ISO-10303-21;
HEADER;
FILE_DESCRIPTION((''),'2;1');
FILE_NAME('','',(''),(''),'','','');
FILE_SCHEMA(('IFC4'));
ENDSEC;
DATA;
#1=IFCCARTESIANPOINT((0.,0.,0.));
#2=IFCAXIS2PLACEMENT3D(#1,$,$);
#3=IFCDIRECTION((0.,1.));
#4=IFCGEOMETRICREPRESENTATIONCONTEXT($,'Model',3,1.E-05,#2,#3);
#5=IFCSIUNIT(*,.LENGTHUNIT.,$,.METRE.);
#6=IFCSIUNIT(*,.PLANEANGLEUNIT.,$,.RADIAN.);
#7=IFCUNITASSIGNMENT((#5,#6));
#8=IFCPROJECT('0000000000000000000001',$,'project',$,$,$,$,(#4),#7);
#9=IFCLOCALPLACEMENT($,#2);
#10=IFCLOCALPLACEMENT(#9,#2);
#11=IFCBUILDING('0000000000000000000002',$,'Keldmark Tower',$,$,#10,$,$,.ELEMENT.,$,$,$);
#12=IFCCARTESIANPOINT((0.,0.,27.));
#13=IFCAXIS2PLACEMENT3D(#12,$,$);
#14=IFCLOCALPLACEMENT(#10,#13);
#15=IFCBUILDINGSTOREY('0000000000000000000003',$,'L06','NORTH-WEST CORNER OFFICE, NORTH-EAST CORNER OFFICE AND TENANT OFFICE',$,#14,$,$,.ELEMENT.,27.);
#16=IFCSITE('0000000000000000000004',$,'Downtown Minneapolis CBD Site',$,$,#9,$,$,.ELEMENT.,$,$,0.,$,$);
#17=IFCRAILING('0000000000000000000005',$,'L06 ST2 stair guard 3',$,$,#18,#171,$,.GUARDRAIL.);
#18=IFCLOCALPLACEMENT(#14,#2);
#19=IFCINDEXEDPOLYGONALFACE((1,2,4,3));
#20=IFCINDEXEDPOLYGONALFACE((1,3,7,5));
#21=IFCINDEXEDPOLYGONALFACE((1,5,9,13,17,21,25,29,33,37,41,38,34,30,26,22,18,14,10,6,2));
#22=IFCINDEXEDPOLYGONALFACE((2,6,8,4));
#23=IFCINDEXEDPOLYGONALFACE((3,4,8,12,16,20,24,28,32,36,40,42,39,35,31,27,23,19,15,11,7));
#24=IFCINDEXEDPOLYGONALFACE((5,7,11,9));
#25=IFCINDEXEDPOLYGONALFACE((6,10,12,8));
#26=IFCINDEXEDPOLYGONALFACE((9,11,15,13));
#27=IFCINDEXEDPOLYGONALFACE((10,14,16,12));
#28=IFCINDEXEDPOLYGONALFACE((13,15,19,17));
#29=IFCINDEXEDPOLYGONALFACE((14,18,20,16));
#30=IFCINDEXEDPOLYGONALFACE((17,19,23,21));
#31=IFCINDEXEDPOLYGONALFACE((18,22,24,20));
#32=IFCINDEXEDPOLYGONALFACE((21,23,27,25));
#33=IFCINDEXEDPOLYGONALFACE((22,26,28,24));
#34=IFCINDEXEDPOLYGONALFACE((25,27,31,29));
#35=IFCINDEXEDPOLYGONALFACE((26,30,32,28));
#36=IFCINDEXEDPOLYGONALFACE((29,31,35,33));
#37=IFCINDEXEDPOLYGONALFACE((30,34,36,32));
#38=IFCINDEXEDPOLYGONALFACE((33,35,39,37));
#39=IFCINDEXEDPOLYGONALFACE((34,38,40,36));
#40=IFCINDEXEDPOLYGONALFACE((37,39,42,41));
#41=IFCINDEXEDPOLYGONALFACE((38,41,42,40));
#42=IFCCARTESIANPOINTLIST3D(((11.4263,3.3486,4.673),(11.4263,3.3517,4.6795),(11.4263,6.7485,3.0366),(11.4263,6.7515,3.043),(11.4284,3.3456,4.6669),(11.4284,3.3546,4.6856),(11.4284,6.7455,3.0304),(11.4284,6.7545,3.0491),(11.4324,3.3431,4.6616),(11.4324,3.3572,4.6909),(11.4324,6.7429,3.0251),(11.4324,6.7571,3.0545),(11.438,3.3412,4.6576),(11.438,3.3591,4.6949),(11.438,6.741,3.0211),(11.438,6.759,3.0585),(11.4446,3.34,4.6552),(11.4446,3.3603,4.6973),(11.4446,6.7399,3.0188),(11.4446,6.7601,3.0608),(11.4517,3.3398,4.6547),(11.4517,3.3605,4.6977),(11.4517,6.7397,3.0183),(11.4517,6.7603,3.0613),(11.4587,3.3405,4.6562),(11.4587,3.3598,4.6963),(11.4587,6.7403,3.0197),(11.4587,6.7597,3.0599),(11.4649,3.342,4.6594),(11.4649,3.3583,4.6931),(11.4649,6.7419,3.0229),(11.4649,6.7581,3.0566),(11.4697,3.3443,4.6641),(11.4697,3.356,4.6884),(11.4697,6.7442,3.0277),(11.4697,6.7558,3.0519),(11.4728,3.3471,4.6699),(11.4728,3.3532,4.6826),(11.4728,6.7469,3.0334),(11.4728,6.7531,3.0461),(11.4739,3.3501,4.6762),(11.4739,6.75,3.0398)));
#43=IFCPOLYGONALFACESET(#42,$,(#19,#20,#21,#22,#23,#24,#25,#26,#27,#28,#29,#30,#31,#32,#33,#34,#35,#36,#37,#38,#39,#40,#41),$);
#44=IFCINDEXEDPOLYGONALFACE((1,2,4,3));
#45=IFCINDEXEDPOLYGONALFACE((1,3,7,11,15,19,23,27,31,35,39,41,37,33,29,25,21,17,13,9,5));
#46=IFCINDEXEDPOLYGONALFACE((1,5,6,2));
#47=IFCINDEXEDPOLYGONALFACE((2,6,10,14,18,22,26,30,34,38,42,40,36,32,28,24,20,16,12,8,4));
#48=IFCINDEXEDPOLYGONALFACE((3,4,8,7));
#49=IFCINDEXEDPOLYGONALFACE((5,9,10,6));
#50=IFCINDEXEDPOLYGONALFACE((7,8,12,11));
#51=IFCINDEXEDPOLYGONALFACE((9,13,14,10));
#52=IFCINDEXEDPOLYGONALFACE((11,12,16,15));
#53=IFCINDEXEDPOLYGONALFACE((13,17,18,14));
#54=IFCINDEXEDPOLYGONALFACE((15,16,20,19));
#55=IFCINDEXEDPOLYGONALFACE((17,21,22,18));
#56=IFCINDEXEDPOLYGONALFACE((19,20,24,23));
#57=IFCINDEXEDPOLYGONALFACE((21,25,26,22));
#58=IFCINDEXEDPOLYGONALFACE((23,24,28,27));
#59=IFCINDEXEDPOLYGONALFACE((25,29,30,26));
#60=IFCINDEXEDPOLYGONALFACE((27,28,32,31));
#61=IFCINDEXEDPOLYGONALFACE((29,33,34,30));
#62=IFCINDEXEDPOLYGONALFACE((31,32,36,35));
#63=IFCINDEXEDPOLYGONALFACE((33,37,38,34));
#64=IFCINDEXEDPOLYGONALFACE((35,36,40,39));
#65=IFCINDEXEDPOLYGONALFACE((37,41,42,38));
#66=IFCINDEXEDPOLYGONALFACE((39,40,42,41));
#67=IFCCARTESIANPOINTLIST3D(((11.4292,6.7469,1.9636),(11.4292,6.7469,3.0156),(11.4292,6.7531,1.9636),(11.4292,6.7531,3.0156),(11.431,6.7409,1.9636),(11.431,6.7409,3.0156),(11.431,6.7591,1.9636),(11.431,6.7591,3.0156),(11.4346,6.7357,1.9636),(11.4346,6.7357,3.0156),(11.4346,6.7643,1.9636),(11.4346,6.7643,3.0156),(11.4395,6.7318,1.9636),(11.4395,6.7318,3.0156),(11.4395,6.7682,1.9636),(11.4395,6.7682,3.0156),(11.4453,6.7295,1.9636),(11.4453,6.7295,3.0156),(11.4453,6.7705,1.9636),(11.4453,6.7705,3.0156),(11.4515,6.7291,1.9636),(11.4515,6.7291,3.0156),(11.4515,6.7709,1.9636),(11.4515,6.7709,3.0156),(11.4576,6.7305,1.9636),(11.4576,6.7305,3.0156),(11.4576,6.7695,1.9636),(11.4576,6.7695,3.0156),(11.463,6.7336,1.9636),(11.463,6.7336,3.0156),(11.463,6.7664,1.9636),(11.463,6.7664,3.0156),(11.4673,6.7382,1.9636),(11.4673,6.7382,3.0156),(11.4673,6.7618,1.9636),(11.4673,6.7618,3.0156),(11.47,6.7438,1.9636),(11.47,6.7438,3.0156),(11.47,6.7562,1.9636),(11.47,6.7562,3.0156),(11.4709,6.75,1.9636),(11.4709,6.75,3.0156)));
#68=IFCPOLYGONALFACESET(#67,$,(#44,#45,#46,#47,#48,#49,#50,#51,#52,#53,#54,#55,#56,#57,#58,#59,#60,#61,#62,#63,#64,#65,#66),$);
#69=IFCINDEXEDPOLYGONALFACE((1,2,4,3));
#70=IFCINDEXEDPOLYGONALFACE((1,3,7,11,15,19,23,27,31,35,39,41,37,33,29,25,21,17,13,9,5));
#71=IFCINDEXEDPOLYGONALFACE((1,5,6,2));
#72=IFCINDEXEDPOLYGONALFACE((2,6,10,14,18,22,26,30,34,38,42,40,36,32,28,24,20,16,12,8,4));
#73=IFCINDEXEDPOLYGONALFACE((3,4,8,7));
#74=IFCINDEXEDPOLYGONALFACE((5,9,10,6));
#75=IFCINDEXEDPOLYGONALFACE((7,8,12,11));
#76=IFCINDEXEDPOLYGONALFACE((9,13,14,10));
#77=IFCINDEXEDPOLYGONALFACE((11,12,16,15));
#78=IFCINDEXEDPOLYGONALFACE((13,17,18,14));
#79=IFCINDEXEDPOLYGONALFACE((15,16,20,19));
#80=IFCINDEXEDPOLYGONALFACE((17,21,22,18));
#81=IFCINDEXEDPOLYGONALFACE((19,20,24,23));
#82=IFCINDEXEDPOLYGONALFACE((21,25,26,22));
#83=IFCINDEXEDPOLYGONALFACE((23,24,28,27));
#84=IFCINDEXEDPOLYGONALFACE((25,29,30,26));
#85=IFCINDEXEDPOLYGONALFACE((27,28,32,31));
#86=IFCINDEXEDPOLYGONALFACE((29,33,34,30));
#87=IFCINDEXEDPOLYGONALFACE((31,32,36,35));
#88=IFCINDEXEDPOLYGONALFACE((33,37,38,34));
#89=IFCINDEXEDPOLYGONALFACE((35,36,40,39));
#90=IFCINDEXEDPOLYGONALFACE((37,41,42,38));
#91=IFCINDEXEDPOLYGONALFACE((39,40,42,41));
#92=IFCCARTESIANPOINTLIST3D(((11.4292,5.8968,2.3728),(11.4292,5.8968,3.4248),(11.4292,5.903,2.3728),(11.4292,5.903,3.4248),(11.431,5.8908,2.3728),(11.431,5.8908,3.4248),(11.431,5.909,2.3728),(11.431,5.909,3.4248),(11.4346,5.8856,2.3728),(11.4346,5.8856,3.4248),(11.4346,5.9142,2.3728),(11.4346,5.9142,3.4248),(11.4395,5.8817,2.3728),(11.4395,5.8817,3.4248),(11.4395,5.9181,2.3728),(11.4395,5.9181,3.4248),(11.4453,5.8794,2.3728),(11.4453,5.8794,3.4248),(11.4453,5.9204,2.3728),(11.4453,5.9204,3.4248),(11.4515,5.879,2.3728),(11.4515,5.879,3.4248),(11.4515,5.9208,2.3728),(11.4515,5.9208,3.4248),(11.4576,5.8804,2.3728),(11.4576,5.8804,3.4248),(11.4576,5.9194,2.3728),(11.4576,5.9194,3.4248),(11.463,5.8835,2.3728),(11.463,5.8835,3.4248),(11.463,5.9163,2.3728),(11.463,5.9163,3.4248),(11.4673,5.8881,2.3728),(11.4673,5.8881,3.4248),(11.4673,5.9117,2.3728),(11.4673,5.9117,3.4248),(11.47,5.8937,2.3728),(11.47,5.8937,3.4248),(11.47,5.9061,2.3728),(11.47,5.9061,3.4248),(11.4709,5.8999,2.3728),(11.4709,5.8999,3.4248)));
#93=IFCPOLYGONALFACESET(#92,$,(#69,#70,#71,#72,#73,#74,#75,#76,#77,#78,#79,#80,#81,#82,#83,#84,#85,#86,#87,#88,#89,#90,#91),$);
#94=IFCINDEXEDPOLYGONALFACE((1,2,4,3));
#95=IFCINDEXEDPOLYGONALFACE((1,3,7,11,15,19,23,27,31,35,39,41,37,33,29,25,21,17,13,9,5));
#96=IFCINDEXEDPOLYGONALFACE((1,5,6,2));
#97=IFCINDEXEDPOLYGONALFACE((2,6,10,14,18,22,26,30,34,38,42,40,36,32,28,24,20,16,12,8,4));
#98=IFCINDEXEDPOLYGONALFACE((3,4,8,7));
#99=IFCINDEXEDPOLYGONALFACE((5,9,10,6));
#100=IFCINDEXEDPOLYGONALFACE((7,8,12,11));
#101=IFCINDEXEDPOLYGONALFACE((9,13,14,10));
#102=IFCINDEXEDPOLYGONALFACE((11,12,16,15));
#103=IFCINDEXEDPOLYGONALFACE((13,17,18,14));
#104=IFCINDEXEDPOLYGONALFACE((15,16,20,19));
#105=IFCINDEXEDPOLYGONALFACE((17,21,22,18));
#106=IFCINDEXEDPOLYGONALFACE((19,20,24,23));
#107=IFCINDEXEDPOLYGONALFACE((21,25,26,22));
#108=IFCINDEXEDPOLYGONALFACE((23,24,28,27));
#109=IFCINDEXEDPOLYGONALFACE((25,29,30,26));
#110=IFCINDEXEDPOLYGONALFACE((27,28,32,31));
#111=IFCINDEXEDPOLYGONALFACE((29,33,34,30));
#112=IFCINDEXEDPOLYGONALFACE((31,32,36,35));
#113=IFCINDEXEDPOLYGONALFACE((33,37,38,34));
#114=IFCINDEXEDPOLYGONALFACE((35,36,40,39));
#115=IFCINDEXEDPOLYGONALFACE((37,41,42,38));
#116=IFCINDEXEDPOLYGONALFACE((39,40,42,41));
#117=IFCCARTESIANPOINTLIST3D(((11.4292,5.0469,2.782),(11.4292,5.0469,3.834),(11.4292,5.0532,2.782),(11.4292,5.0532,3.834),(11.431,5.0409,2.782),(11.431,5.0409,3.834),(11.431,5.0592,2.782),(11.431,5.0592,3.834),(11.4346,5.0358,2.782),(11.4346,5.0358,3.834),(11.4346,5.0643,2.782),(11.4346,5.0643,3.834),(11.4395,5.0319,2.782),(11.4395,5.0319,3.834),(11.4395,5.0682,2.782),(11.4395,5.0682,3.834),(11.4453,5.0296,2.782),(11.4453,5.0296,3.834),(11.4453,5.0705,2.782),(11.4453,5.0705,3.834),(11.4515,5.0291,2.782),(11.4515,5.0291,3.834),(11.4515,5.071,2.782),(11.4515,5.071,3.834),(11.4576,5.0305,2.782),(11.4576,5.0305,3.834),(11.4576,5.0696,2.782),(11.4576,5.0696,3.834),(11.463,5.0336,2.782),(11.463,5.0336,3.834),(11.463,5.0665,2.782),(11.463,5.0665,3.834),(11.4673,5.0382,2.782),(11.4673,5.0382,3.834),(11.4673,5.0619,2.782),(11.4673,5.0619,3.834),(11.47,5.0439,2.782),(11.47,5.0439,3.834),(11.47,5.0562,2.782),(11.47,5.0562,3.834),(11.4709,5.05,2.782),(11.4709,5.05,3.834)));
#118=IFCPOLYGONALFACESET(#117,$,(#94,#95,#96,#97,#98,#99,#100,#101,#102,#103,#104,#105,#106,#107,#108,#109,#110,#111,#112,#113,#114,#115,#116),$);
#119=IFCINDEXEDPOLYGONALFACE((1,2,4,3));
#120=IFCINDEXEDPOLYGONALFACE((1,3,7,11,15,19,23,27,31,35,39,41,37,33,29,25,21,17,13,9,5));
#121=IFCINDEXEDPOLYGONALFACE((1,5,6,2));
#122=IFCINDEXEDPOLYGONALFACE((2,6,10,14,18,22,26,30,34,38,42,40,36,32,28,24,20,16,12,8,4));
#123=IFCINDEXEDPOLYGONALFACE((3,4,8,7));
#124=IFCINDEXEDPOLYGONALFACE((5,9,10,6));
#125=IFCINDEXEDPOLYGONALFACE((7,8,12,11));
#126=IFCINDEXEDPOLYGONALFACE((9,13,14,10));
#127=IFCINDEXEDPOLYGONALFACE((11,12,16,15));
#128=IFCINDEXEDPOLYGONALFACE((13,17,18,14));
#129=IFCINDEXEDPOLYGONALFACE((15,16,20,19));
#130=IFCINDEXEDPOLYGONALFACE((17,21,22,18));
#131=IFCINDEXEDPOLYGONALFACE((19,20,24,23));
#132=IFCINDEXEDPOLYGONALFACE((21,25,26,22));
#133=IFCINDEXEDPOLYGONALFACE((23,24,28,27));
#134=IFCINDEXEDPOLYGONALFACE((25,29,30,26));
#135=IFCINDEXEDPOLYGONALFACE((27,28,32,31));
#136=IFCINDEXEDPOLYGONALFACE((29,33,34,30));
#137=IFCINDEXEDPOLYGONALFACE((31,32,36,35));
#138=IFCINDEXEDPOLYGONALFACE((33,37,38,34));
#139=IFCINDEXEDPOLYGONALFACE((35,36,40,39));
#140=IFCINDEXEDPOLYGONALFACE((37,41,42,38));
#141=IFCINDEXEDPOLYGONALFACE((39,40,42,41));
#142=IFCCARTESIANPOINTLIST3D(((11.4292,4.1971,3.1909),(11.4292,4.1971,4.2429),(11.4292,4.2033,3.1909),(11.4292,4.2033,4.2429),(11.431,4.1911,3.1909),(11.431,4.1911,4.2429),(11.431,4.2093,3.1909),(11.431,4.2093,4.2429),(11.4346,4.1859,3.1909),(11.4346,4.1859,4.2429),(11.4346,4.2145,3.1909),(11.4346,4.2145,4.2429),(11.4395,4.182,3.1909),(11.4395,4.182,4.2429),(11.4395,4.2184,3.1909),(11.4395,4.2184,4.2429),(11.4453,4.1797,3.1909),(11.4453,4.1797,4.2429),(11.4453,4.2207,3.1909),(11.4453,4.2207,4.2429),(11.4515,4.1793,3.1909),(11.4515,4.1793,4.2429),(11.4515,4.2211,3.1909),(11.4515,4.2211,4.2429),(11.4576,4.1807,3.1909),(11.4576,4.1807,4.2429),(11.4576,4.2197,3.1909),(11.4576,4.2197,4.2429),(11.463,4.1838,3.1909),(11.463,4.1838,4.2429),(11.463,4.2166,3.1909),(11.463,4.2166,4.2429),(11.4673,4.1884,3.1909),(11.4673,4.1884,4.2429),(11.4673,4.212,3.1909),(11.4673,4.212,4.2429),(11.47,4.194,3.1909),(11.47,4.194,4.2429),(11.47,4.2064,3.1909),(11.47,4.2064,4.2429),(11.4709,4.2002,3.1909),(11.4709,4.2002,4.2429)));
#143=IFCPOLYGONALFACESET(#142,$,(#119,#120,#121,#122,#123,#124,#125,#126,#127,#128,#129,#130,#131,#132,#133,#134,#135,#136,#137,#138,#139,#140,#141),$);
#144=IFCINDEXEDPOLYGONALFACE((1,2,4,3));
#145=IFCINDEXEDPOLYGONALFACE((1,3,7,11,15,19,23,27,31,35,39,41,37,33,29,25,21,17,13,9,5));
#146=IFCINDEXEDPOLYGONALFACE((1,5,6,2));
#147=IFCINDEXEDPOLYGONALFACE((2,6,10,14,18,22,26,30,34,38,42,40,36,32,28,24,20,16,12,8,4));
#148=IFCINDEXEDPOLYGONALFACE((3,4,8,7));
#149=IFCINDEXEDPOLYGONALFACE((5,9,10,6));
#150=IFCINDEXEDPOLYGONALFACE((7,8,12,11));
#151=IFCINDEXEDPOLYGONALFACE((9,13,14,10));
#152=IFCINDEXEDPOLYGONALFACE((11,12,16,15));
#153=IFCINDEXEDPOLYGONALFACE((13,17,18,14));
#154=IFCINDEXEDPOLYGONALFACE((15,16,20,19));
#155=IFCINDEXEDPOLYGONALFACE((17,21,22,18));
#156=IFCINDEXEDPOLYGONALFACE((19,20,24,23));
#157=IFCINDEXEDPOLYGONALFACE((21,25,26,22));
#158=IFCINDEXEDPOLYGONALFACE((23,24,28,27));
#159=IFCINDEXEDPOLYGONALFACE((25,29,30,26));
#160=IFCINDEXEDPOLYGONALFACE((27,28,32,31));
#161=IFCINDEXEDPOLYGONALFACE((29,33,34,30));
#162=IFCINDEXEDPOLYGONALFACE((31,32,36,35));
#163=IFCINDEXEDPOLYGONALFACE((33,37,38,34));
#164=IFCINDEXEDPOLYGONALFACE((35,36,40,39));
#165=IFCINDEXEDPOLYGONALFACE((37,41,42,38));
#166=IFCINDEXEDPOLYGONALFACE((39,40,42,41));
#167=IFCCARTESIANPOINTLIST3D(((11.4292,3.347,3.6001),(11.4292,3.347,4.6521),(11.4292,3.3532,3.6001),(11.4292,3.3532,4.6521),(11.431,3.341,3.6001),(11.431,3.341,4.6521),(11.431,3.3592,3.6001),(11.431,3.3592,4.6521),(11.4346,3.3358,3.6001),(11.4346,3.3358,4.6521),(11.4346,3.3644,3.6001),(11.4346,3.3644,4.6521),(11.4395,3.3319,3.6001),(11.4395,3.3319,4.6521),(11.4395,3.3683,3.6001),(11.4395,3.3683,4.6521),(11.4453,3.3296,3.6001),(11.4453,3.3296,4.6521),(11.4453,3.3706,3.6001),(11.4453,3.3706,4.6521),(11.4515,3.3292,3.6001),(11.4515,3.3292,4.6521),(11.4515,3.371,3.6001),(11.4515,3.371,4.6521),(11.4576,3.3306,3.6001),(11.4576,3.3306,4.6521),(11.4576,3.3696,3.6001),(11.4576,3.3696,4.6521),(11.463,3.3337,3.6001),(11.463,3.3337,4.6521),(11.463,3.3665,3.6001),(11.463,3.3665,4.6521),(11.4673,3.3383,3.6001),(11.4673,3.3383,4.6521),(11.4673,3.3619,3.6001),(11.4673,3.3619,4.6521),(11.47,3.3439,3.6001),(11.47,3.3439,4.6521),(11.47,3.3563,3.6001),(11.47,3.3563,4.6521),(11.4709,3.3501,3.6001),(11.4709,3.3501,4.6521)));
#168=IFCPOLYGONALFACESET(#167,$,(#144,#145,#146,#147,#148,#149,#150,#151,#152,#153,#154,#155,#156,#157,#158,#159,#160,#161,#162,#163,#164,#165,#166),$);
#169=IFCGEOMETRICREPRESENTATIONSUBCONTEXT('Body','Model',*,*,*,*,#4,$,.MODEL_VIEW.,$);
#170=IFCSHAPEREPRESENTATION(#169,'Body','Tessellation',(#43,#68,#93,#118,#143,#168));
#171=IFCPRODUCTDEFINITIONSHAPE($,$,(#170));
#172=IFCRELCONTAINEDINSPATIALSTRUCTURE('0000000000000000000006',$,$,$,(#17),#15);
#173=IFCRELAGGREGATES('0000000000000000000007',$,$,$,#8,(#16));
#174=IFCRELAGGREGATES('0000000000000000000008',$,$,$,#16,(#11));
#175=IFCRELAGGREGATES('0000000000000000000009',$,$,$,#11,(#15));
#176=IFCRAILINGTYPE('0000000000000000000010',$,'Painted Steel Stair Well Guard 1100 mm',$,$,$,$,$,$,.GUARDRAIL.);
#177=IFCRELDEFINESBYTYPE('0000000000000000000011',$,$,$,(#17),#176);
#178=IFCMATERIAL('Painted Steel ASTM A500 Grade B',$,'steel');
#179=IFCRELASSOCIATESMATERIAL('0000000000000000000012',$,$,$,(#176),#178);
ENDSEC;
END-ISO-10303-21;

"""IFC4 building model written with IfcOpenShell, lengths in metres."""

from ifc_helpers import new_model, si_unit, direction, frame, origin, origin_2d, place, context, subcontext, project, spatial, circle, extrude, material, type_object, element, save


model = new_model("IFC4")

# Units and contexts
model_context = context("Model", 3, precision=1e-05, world=origin(), true_north=direction((0.0, 1.0)))
body_context = subcontext(model_context, "Body", "Model", "MODEL_VIEW")
ifc_project = project(units=[si_unit("LENGTHUNIT", "METRE"), si_unit("PLANEANGLEUNIT", "RADIAN")], contexts=[model_context])

# Site, building, storey
site_placement = place(None, origin())
site = spatial("IfcSite", under=ifc_project, at=site_placement, Name="Downtown Minneapolis CBD Site", CompositionType="ELEMENT", RefElevation=0.0)
building_placement = place(site_placement, origin())
building = spatial("IfcBuilding", under=site, at=building_placement, Name="Keldmark Tower", CompositionType="ELEMENT")
storey_placement = place(building_placement, frame((0.0, 0.0, 27.0)))
storey = spatial("IfcBuildingStorey", under=building, at=storey_placement, Name="L06", Description="NORTH-WEST CORNER OFFICE, NORTH-EAST CORNER OFFICE AND TENANT OFFICE", CompositionType="ELEMENT", Elevation=27.0)

# Railing
ifc_material_1 = material(Name="Painted Steel ASTM A500 Grade B", Category="steel")
railing_type_1 = type_object("IfcRailingType", Name="Painted Steel Stair Well Guard 1100 mm", PredefinedType="GUARDRAIL", material=ifc_material_1)
railing_1_placement = place(storey_placement, frame((11.45, 6.75, 1.9636)))
element("IfcRailing", 1, at=railing_1_placement, inside=storey, type_object=railing_type_1, Name="L06 ST2 stair guard 3", PredefinedType="GUARDRAIL", context=body_context, shape_type="SweptSolid", body=[
    extrude(circle(Radius=0.0239, at=origin_2d()), frame((0.0, 0.0, 1.0762), z_axis=(0.0, -0.901055, 0.433705), x_axis=(1.0, 0.0, 0.0)), (0.0, 0.0, 1.0), 3.7732),
    extrude(circle(Radius=0.021, at=origin_2d()), origin(), (0.0, 0.0, 1.0), 1.052),
    extrude(circle(Radius=0.021, at=origin_2d()), frame((0.0, -0.8501, 0.4092)), (0.0, 0.0, 1.0), 1.052),
    extrude(circle(Radius=0.021, at=origin_2d()), frame((0.0, -1.7, 0.8184)), (0.0, 0.0, 1.0), 1.052),
    extrude(circle(Radius=0.021, at=origin_2d()), frame((0.0, -2.5498, 1.2273)), (0.0, 0.0, 1.0), 1.052),
    extrude(circle(Radius=0.021, at=origin_2d()), frame((0.0, -3.3999, 1.6365)), (0.0, 0.0, 1.0), 1.052),
])

save(model, "model.ifc")
